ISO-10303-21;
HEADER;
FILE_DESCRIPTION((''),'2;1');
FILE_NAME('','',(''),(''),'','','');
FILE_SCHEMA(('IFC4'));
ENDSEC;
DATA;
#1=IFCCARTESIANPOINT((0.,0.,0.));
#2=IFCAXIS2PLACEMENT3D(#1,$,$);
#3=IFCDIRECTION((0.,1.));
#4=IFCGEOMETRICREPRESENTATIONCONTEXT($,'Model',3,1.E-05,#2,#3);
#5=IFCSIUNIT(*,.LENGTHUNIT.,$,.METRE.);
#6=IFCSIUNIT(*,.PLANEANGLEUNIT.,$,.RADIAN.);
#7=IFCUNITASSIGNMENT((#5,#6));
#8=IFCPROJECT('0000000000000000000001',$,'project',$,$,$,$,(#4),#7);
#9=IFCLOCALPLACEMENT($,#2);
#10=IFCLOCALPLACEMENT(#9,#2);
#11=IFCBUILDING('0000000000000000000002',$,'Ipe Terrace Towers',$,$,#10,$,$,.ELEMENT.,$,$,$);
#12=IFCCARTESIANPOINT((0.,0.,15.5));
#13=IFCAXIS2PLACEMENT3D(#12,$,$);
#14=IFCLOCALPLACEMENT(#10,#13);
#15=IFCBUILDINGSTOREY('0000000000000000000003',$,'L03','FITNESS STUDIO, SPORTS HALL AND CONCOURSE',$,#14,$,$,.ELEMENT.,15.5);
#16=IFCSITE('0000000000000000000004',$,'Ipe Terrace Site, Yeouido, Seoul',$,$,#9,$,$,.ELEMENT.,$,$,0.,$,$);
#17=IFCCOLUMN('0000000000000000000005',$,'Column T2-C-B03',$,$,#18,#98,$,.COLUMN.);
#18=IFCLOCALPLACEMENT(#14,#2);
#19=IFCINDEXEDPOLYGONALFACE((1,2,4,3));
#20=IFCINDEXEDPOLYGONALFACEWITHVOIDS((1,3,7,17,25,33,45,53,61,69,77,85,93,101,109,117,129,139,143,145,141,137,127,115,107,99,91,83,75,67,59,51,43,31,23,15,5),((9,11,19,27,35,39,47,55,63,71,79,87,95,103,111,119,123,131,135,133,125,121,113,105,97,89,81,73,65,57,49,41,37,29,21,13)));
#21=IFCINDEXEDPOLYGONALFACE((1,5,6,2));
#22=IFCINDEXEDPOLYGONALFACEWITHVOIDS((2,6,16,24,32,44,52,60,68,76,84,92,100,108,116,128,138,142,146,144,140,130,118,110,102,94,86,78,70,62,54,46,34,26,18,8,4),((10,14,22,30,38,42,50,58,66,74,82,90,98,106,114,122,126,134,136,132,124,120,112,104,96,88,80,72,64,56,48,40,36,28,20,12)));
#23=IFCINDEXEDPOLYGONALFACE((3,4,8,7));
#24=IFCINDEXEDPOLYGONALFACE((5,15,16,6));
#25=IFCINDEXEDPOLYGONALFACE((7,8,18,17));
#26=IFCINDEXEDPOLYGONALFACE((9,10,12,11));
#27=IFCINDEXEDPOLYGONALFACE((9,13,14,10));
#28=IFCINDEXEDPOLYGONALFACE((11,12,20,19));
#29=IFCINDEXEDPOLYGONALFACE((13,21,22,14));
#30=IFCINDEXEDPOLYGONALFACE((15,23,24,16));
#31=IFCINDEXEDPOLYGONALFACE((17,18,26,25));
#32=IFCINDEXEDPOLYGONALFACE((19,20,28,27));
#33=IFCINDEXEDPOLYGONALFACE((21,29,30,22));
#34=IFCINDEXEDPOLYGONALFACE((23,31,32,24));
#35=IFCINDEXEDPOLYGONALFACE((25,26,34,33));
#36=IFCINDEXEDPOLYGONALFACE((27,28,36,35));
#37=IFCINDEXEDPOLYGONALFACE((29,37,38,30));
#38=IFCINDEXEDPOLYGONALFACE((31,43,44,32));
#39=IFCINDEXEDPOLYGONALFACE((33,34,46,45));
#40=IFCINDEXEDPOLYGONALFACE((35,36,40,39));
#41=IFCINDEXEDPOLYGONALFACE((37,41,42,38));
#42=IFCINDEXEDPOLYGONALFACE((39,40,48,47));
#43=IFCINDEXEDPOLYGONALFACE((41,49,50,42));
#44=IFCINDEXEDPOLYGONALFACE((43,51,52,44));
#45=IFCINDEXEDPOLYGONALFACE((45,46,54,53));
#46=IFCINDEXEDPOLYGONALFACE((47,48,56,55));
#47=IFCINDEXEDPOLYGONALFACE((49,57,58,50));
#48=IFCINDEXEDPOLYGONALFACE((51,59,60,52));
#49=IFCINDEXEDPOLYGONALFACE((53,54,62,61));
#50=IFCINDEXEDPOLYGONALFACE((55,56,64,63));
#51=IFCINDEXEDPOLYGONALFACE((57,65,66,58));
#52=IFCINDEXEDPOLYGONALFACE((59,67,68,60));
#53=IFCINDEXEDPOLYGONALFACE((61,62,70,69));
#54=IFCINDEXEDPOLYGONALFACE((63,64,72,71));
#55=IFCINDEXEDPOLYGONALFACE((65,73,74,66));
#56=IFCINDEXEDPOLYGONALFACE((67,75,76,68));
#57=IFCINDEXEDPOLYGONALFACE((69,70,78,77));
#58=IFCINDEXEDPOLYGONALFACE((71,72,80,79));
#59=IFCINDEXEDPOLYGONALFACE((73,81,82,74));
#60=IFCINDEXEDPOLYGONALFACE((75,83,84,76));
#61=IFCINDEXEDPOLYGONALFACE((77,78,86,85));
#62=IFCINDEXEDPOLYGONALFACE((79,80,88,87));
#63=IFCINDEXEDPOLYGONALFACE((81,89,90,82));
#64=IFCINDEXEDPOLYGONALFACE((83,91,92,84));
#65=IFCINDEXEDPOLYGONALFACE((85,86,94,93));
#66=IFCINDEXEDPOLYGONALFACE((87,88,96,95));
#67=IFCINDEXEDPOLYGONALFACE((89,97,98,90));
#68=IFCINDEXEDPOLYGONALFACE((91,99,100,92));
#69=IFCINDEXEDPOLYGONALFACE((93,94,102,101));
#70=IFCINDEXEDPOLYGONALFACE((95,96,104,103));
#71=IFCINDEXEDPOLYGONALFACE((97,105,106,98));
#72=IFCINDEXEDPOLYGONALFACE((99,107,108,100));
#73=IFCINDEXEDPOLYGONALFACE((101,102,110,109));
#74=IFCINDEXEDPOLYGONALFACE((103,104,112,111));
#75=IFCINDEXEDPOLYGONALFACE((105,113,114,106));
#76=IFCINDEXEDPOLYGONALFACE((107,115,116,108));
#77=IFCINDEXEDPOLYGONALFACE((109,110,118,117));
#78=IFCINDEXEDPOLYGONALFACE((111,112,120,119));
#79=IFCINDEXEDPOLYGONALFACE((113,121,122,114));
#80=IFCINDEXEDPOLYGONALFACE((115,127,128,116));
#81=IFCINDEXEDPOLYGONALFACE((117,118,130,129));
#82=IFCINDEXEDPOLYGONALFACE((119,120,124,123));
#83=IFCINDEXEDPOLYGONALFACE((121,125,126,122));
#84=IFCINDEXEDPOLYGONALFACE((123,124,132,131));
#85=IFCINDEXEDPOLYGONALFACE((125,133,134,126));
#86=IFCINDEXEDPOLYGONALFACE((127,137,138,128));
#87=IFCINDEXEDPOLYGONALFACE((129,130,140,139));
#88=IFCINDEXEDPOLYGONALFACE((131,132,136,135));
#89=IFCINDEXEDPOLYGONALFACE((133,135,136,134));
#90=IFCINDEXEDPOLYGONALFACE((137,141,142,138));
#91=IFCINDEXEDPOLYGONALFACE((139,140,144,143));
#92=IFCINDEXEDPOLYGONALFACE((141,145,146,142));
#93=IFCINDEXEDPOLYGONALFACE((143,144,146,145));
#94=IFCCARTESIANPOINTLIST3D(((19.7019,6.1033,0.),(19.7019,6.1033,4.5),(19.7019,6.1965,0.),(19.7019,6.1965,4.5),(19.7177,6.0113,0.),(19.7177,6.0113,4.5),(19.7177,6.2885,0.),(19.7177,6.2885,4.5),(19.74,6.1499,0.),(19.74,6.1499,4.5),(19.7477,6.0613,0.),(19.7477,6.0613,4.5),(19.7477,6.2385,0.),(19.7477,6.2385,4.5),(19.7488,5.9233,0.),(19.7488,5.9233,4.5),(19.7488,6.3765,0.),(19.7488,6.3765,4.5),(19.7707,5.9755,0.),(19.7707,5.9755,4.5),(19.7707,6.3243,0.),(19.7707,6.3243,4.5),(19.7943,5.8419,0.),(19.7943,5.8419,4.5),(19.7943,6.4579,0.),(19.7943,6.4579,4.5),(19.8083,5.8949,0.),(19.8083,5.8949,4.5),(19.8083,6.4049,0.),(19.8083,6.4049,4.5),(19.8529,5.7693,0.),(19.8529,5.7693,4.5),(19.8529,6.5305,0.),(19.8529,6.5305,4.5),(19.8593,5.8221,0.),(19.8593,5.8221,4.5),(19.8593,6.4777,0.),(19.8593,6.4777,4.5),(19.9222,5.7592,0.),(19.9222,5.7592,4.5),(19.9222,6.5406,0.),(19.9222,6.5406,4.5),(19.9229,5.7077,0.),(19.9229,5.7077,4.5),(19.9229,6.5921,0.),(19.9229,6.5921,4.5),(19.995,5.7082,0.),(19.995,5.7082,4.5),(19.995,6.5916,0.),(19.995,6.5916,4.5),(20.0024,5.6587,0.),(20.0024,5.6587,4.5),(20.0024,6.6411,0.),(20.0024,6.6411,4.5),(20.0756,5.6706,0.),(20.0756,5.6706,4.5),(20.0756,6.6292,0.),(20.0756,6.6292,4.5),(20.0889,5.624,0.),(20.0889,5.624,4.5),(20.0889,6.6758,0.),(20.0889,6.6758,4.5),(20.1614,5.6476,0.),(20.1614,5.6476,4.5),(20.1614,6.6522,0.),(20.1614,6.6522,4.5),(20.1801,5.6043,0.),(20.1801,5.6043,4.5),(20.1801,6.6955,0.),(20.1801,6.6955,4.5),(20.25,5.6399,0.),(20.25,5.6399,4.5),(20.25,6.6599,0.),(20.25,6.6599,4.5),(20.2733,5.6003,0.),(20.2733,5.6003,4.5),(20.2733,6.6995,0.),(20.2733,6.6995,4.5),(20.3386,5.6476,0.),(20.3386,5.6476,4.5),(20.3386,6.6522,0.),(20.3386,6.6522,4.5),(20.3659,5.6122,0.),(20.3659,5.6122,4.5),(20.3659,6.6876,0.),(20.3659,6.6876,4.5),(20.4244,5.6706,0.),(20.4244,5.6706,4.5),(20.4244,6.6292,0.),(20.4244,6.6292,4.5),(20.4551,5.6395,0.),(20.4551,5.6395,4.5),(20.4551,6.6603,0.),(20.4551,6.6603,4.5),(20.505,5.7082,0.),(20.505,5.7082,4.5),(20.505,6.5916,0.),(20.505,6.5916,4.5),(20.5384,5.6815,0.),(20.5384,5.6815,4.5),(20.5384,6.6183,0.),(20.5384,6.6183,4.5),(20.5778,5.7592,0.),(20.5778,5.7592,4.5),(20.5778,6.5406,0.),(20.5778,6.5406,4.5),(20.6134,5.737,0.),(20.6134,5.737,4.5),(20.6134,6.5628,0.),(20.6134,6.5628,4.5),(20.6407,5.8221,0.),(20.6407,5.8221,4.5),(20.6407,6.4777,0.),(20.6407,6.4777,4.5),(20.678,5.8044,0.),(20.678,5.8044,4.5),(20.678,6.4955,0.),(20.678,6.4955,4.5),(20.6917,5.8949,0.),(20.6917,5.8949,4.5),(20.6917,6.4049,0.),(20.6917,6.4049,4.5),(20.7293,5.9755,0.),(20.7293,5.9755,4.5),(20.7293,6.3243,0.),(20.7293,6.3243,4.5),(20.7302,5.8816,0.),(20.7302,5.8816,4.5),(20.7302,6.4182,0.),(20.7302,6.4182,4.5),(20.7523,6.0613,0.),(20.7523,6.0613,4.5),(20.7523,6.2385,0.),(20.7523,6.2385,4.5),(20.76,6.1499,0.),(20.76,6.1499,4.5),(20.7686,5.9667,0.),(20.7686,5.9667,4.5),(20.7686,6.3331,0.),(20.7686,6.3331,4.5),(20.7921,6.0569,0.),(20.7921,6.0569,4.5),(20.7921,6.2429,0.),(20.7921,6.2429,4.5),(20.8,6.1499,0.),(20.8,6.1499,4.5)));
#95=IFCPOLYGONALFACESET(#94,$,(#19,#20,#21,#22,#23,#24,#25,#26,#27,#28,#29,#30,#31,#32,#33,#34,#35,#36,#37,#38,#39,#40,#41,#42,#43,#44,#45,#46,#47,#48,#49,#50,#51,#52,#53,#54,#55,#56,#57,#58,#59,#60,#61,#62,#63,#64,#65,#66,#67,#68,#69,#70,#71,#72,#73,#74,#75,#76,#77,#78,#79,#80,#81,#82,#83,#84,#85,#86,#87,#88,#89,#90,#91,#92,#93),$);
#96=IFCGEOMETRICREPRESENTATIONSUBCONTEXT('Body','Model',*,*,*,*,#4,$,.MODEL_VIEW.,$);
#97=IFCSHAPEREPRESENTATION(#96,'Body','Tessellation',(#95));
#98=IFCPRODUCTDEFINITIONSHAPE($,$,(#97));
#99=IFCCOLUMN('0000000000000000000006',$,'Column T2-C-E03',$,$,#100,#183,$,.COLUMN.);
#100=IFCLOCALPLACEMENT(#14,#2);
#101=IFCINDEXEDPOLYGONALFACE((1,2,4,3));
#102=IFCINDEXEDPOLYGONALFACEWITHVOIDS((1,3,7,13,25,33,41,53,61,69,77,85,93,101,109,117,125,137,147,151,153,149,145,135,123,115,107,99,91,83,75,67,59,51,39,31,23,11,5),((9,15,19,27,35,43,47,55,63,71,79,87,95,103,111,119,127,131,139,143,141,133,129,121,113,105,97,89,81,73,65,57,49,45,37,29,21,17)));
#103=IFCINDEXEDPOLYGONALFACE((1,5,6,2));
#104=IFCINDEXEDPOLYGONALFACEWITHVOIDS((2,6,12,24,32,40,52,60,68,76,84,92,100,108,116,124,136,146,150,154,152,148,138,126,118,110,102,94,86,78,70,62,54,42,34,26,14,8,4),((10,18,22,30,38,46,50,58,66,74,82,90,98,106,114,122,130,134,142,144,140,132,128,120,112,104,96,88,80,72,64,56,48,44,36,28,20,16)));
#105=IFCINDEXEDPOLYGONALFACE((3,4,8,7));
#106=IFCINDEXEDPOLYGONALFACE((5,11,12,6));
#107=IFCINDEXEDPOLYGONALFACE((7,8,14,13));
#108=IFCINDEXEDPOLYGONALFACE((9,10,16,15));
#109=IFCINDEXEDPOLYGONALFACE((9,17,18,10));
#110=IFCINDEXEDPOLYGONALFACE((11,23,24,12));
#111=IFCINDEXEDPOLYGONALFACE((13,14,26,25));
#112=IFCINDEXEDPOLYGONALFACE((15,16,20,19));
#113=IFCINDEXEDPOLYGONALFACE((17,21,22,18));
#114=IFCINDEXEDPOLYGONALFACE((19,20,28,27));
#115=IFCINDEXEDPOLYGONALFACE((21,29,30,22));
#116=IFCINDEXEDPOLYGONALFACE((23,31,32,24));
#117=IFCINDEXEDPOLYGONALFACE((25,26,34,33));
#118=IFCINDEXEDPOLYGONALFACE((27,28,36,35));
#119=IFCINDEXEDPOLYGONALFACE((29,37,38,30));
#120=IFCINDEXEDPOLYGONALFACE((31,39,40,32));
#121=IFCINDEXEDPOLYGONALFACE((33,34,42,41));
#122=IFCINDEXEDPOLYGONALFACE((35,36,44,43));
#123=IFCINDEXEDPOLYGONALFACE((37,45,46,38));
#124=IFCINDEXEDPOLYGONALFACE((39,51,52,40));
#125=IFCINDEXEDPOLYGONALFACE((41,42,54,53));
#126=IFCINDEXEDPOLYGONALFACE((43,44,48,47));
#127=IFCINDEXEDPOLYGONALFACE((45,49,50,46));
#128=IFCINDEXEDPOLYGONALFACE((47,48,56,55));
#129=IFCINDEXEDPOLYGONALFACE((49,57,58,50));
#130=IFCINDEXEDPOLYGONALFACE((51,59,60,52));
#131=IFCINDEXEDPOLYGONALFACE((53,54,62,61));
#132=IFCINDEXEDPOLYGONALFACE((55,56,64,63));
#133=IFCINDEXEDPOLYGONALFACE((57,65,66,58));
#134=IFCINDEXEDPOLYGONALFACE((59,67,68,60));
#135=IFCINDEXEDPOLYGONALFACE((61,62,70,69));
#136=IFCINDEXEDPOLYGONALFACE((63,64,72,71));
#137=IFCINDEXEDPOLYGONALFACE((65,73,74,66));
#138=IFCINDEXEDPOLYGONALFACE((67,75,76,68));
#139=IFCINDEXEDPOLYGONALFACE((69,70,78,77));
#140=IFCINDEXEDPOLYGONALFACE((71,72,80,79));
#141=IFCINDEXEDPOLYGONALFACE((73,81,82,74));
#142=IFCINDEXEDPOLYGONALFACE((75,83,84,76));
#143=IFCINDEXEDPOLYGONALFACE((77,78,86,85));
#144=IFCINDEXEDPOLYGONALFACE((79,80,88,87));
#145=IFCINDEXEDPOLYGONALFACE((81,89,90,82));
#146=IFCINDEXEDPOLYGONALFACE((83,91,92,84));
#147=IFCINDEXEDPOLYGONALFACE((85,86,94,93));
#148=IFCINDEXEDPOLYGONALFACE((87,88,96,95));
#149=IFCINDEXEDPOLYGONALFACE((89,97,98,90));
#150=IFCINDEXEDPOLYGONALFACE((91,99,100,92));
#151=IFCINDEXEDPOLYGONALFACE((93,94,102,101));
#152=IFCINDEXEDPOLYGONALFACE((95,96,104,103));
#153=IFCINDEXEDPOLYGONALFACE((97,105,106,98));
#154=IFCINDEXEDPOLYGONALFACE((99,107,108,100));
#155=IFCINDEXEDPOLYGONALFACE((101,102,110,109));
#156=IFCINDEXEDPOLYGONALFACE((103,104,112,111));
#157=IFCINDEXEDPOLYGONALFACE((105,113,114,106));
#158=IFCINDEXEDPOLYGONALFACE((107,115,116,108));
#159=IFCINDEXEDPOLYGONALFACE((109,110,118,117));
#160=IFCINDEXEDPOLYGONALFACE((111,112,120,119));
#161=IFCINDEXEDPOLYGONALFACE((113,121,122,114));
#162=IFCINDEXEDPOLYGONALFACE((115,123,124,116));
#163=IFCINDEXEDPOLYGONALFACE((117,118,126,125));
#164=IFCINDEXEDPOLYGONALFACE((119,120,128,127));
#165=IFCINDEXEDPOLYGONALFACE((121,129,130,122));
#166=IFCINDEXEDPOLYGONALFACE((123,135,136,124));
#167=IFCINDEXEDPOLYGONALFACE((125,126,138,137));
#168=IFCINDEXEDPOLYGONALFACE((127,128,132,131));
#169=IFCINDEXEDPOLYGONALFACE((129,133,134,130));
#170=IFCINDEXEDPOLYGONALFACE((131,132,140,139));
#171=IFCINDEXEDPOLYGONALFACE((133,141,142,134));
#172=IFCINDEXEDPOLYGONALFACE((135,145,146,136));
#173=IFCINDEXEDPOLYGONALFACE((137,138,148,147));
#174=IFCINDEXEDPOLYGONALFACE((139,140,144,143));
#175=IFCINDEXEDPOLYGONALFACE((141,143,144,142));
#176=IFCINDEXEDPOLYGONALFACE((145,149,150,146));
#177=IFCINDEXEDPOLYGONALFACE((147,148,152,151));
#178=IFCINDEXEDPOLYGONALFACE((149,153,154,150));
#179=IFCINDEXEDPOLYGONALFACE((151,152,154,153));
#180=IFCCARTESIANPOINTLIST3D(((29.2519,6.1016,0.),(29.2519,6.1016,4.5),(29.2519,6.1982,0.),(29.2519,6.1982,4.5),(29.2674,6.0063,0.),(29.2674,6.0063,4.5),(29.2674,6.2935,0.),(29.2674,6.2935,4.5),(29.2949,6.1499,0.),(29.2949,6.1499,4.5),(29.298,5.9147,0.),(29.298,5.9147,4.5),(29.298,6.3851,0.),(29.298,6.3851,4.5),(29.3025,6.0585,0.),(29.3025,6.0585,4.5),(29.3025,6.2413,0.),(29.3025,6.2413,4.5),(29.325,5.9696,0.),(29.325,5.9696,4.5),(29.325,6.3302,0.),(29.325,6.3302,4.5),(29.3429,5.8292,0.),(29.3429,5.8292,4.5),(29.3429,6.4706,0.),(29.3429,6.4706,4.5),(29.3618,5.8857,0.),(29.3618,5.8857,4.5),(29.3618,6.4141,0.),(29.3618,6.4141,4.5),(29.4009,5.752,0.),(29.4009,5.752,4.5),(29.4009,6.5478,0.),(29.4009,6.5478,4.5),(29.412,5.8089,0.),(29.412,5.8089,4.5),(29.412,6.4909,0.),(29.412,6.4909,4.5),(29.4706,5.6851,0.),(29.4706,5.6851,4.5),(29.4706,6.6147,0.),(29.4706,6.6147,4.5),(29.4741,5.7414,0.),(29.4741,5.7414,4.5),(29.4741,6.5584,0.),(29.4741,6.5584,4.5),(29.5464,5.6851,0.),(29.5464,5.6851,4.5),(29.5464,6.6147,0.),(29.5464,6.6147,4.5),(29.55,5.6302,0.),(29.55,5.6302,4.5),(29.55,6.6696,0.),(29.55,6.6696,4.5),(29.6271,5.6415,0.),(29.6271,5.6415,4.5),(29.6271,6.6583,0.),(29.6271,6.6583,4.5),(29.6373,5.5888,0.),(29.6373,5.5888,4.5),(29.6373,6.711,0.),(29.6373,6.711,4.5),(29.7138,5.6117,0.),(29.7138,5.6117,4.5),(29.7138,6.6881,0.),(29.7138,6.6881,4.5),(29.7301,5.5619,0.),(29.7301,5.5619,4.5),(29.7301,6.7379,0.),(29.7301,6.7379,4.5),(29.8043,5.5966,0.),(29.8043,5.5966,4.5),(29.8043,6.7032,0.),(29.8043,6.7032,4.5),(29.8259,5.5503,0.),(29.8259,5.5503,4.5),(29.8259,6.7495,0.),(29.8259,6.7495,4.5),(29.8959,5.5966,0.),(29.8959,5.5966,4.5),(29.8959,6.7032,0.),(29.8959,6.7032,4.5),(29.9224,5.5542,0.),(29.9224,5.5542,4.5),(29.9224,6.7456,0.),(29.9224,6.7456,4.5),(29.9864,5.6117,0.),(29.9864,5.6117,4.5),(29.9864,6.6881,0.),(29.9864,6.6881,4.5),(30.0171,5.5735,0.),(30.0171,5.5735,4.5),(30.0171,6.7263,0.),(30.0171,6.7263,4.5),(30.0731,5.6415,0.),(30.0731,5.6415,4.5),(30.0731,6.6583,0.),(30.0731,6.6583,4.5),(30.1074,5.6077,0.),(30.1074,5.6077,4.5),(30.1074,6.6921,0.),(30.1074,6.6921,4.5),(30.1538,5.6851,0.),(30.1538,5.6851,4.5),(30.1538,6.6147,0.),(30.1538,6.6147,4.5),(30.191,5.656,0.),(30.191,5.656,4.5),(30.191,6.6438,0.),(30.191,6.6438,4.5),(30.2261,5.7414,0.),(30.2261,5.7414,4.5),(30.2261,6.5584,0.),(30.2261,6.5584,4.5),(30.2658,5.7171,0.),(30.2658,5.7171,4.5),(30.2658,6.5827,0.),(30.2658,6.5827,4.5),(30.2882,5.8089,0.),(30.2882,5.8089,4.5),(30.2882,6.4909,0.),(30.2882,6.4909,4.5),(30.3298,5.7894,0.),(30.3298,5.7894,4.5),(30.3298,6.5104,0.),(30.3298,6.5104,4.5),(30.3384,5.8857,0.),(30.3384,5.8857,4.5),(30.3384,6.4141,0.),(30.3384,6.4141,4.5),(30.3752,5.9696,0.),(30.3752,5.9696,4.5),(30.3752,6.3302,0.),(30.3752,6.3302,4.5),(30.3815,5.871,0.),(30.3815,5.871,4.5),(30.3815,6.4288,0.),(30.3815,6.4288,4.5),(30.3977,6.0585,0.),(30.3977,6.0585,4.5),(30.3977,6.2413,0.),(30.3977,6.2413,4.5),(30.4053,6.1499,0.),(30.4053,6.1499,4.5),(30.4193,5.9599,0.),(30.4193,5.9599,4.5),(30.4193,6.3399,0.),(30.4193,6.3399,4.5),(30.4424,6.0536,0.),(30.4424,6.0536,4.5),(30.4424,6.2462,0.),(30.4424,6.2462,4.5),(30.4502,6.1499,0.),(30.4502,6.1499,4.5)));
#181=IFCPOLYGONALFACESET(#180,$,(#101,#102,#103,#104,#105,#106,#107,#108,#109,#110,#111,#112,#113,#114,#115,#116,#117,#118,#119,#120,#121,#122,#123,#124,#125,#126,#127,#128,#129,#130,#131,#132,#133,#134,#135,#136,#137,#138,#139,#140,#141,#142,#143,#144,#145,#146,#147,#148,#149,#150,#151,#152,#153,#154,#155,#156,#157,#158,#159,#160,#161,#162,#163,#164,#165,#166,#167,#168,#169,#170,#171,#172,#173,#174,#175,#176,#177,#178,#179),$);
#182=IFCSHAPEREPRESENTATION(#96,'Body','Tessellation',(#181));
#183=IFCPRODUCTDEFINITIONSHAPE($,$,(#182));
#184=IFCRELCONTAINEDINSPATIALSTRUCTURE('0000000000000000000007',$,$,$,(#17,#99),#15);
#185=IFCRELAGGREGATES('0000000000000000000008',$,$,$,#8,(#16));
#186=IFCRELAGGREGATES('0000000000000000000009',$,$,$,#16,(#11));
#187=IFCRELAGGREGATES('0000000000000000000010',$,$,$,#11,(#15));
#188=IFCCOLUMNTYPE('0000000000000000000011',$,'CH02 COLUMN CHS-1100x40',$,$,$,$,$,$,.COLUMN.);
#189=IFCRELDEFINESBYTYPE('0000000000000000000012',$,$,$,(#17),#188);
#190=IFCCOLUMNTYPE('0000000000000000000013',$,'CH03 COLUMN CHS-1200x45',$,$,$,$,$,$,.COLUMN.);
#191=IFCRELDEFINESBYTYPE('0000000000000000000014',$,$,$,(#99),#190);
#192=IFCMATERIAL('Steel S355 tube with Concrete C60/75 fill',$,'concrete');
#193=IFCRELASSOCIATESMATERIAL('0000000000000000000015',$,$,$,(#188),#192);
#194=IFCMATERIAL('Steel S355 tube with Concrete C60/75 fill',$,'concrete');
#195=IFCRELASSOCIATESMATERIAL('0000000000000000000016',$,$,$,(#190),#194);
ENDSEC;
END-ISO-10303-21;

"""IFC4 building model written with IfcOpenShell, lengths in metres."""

from ifc_helpers import new_model, si_unit, direction, frame, origin, origin_2d, place, context, subcontext, project, spatial, hollow_circle, extrude, material, material_profile, profile_set, type_object, element, save


model = new_model("IFC4")

# Units and contexts
model_context = context("Model", 3, precision=1e-05, world=origin(), true_north=direction((0.0, 1.0)))
body_context = subcontext(model_context, "Body", "Model", "MODEL_VIEW")
ifc_project = project(units=[si_unit("LENGTHUNIT", "METRE"), si_unit("PLANEANGLEUNIT", "RADIAN")], contexts=[model_context])

# Site, building, storey
site_placement = place(None, origin())
site = spatial("IfcSite", under=ifc_project, at=site_placement, Name="Ipe Terrace Site, Yeouido, Seoul", CompositionType="ELEMENT", RefElevation=0.0)
building_placement = place(site_placement, origin())
building = spatial("IfcBuilding", under=site, at=building_placement, Name="Ipe Terrace Towers", CompositionType="ELEMENT")
storey_placement = place(building_placement, frame((0.0, 0.0, 15.5)))
storey = spatial("IfcBuildingStorey", under=building, at=storey_placement, Name="L03", Description="FITNESS STUDIO, SPORTS HALL AND CONCOURSE", CompositionType="ELEMENT", Elevation=15.5)

# Columns
ifc_material_1 = material(Name="Steel S355 tube with Concrete C60/75 fill", Category="concrete")
ifc_material_profile_1 = material_profile(ifc_material_1, hollow_circle(Radius=0.55, WallThickness=0.04, at=origin_2d()), Name="CHS-1100x40")
ifc_profile_set_1 = profile_set([ifc_material_profile_1], Name="Steel S355 tube with Concrete C60/75 fill")
column_type_1 = type_object("IfcColumnType", Name="CH02 COLUMN CHS-1100x40", PredefinedType="COLUMN", material=ifc_profile_set_1)
for number, where, z_axis, x_axis, name in (
    (1, (20.25, 6.1499, 0.0), (0.0, 0.0, 1.0), (1.0, 0.0, 0.0), "Column T2-C-B03"),
):
    element("IfcColumn", number, at=place(storey_placement, frame(where, z_axis=z_axis, x_axis=x_axis)), inside=storey, type_object=column_type_1, Name=name, PredefinedType="COLUMN", context=body_context, shape_type="SweptSolid", body=[
        extrude(hollow_circle(Radius=0.55, WallThickness=0.04, at=origin_2d()), origin(), (0.0, 0.0, 1.0), 4.5),
    ])
ifc_material_2 = material(Name="Steel S355 tube with Concrete C60/75 fill", Category="concrete")
ifc_material_profile_2 = material_profile(ifc_material_2, hollow_circle(Radius=0.6001, WallThickness=0.0449, at=origin_2d()), Name="CHS-1200x45")
ifc_profile_set_2 = profile_set([ifc_material_profile_2], Name="Steel S355 tube with Concrete C60/75 fill")
column_type_2 = type_object("IfcColumnType", Name="CH03 COLUMN CHS-1200x45", PredefinedType="COLUMN", material=ifc_profile_set_2)
column_placement = place(storey_placement, frame((29.8501, 6.1499, 0.0), z_axis=(0.0, 0.0, 1.0), x_axis=(1.0, 0.0, 0.0)))
element("IfcColumn", 2, at=column_placement, inside=storey, type_object=column_type_2, Name="Column T2-C-E03", PredefinedType="COLUMN", context=body_context, shape_type="SweptSolid", body=[
    extrude(hollow_circle(Radius=0.6001, WallThickness=0.0449, at=origin_2d()), origin(), (0.0, 0.0, 1.0), 4.5),
])

save(model, "model.ifc")
